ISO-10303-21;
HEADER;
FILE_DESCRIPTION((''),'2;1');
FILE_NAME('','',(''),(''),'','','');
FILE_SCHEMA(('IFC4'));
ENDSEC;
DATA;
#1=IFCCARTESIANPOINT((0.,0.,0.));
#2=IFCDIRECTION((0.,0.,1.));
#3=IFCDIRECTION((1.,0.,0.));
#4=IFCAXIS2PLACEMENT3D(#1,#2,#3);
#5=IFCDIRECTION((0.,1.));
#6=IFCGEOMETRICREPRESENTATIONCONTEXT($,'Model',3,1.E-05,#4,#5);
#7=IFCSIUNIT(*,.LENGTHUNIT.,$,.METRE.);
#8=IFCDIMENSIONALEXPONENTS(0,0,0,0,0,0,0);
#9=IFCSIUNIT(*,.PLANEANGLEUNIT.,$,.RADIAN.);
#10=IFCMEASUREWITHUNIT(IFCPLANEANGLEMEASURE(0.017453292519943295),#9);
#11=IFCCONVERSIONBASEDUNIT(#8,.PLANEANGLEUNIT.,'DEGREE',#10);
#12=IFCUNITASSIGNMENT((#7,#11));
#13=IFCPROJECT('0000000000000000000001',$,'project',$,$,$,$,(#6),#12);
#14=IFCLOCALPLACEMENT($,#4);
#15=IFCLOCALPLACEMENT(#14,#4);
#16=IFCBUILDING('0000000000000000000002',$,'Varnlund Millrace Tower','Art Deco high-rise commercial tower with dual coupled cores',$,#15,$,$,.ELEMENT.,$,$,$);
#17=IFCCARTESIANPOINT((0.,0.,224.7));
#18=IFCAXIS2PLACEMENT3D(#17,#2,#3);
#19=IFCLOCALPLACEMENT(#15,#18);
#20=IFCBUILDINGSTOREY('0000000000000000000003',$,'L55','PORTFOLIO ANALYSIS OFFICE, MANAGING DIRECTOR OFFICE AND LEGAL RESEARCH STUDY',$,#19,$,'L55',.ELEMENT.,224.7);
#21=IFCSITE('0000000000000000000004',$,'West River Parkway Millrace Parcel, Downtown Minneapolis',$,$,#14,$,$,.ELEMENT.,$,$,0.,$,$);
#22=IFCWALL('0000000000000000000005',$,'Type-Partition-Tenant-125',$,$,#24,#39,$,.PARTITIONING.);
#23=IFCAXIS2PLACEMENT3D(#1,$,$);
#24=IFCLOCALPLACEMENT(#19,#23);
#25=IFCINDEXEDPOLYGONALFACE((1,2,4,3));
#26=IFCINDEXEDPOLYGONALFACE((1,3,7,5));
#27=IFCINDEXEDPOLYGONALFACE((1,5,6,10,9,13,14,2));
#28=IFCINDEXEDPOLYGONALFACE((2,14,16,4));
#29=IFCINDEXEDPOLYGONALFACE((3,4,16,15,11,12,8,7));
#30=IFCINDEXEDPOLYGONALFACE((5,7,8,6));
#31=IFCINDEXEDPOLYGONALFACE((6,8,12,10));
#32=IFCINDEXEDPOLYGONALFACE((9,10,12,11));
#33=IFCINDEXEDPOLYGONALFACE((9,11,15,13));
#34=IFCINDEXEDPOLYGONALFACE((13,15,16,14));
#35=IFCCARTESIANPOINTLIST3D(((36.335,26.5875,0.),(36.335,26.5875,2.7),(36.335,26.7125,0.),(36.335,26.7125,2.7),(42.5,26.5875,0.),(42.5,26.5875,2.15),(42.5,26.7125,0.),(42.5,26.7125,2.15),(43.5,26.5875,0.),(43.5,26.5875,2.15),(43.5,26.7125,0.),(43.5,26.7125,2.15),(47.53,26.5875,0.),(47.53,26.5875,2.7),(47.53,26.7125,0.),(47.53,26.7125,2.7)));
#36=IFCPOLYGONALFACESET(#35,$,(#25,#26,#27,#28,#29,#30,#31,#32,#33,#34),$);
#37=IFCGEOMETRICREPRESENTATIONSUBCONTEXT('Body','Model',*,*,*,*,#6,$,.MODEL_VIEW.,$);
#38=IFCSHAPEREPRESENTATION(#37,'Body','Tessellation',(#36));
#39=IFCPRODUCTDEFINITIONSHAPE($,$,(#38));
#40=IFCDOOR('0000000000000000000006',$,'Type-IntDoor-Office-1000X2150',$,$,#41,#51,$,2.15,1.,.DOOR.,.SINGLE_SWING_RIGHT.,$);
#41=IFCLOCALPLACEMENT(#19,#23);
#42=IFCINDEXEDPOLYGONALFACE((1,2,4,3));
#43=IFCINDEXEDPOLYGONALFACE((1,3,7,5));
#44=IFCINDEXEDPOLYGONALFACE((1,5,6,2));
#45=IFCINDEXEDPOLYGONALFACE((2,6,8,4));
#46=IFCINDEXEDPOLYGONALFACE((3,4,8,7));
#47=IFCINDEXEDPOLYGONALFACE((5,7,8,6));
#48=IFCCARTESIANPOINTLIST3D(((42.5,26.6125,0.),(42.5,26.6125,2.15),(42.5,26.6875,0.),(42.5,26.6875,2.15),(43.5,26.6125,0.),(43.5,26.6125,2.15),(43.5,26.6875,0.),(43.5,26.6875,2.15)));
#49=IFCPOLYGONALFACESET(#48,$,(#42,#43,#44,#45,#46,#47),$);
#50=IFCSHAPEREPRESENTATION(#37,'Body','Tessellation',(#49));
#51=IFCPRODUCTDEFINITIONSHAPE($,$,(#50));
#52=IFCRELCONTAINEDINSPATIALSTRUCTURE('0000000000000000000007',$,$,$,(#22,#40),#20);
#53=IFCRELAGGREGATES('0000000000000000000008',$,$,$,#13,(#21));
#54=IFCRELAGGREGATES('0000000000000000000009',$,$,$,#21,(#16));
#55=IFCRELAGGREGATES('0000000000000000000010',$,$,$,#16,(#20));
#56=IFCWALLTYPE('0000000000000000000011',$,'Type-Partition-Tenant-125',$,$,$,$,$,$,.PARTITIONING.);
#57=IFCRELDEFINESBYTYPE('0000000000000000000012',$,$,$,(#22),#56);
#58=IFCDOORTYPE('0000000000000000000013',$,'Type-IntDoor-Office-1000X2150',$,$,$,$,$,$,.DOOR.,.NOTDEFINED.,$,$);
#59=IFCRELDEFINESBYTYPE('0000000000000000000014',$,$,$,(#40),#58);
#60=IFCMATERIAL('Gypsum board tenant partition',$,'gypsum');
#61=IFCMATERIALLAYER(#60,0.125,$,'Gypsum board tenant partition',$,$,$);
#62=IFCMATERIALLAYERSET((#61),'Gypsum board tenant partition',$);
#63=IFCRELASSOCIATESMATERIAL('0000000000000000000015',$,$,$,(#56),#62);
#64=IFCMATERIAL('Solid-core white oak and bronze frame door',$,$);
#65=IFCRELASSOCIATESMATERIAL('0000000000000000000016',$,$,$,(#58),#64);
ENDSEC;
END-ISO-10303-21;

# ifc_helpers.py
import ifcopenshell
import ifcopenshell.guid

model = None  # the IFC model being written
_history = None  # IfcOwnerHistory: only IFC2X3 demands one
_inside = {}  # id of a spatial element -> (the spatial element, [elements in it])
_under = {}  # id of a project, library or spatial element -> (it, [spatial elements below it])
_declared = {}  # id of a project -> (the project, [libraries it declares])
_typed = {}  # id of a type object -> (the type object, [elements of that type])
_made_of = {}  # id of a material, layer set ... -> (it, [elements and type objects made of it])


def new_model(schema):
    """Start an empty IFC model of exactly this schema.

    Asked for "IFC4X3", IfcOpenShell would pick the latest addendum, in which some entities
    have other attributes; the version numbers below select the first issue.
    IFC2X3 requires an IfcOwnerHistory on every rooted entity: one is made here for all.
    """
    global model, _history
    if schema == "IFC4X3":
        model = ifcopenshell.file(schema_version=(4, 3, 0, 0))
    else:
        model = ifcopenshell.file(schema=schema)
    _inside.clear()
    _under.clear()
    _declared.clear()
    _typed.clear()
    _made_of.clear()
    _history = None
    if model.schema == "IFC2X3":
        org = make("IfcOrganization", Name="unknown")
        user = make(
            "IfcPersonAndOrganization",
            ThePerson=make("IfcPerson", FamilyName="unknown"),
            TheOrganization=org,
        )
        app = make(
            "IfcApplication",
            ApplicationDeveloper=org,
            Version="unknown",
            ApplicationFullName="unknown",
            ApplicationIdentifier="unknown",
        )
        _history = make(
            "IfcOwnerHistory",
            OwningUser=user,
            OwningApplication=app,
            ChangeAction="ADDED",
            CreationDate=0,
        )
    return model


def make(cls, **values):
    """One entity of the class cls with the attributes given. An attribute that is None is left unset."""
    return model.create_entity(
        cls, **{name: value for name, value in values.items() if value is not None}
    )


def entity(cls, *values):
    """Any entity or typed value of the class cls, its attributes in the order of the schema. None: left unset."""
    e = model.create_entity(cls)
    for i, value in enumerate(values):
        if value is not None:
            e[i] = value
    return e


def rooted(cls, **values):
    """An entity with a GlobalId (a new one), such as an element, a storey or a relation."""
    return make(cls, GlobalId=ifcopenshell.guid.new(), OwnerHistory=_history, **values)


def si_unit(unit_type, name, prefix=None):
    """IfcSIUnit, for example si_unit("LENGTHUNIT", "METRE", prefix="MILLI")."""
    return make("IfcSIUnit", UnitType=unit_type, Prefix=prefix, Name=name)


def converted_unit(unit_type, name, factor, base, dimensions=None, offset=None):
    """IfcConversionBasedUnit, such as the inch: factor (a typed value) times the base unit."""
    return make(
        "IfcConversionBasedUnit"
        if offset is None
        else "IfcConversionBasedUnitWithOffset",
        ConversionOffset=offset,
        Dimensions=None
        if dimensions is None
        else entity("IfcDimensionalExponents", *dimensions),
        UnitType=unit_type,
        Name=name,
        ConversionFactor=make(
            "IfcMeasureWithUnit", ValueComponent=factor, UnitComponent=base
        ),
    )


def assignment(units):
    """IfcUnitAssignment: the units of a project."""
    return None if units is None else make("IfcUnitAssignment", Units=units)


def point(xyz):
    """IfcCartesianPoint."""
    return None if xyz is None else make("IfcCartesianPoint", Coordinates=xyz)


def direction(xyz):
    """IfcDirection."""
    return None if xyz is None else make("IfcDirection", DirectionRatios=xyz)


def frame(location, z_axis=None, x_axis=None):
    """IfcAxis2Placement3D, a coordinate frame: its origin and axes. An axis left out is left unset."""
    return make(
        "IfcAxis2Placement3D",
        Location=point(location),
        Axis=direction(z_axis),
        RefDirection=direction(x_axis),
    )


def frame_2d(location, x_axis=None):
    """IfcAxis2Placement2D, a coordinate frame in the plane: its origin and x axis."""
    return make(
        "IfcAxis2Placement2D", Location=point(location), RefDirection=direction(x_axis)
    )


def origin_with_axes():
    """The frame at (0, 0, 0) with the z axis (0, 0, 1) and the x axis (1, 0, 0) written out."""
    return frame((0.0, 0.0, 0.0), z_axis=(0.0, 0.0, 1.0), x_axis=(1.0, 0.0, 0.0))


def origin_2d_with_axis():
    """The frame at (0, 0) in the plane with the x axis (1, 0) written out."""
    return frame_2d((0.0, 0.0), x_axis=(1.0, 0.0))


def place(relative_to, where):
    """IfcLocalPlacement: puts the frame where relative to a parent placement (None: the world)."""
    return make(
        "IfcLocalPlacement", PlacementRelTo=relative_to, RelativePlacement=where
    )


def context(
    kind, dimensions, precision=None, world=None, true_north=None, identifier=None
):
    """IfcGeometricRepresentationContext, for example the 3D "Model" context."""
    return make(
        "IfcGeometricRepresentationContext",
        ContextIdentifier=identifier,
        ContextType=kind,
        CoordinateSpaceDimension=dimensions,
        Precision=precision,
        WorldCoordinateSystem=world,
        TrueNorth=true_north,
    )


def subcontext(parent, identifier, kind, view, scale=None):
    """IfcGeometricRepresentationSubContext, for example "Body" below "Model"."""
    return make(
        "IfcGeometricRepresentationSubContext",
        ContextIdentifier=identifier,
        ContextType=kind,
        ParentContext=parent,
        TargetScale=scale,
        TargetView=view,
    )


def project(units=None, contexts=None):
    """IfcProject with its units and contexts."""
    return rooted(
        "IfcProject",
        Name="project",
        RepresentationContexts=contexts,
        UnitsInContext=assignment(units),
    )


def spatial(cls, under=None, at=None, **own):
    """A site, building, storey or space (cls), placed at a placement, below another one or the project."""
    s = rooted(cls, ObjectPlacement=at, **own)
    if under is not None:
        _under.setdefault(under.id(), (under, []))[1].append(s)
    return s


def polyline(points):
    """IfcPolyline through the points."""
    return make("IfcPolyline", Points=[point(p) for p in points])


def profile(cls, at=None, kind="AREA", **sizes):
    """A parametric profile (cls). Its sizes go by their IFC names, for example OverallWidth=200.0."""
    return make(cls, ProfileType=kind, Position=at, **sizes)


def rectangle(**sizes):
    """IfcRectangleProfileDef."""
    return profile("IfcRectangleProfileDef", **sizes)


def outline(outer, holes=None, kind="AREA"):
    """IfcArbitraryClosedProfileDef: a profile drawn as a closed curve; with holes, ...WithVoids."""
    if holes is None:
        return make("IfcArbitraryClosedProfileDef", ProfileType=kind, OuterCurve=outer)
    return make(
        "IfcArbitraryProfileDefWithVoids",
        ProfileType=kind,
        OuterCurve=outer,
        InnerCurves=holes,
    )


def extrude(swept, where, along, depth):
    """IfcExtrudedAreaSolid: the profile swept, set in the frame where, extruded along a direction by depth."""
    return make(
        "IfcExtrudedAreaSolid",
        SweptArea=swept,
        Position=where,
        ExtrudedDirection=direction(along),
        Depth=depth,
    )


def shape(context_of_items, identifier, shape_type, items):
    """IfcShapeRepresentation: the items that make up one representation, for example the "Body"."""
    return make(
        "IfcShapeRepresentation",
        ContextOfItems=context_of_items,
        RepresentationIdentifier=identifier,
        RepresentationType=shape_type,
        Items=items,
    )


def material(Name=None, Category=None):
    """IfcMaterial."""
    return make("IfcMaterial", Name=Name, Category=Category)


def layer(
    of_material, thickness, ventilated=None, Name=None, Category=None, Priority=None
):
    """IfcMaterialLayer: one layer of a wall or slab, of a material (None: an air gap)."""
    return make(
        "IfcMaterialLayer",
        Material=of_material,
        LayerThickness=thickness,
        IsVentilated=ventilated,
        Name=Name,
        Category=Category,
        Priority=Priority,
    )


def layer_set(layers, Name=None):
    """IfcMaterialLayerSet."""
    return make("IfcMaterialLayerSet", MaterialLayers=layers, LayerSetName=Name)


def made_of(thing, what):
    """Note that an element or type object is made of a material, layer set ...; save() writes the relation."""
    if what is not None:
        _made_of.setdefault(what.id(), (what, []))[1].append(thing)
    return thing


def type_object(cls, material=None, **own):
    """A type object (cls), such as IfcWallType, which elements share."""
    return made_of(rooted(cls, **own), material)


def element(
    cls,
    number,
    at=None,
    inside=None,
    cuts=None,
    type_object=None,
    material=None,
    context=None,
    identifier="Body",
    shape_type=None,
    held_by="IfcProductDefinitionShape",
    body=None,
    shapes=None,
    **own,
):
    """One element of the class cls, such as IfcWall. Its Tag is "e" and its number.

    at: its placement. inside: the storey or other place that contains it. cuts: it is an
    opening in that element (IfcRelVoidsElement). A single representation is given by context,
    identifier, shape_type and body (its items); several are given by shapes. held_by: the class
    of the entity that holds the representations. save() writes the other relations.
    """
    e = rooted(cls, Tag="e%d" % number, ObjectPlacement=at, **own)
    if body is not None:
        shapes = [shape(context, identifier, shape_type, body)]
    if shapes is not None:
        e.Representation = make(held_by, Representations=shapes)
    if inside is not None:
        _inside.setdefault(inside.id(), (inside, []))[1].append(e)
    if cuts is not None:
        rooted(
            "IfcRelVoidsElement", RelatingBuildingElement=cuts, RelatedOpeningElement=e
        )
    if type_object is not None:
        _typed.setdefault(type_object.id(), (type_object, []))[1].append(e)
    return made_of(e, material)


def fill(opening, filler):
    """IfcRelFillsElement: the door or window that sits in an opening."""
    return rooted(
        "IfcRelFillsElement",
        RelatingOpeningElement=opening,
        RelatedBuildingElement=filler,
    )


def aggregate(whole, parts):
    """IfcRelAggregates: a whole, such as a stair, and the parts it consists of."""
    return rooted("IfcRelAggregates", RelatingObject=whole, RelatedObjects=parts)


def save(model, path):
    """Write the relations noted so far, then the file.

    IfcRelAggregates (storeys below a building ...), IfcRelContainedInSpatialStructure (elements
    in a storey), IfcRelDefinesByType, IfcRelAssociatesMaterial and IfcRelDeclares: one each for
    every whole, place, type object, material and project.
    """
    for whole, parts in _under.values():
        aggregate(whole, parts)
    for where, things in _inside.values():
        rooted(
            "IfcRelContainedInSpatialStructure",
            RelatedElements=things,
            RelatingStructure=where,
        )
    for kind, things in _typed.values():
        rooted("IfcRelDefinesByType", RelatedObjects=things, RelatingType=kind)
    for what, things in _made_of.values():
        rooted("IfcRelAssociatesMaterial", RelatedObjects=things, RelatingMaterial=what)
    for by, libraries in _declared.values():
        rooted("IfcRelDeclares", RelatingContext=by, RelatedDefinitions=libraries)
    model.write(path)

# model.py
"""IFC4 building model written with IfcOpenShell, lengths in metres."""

from ifc_helpers import new_model, entity, si_unit, converted_unit, direction, frame, origin_with_axes, origin_2d_with_axis, place, context, subcontext, project, spatial, polyline, rectangle, outline, extrude, material, layer, layer_set, type_object, element, fill, save


model = new_model("IFC4")

# Units and contexts
model_context = context("Model", 3, precision=1e-05, world=origin_with_axes(), true_north=direction((0.0, 1.0)))
body_context = subcontext(model_context, "Body", "Model", "MODEL_VIEW")
ifc_project = project(units=[si_unit("LENGTHUNIT", "METRE"), converted_unit("PLANEANGLEUNIT", "DEGREE", entity("IfcPlaneAngleMeasure", 0.017453292519943295), si_unit("PLANEANGLEUNIT", "RADIAN"), dimensions=[0, 0, 0, 0, 0, 0, 0])], contexts=[model_context])

# Site, building, storey
site_placement = place(None, origin_with_axes())
site = spatial("IfcSite", under=ifc_project, at=site_placement, Name="West River Parkway Millrace Parcel, Downtown Minneapolis", CompositionType="ELEMENT", RefElevation=0.0)
building_placement = place(site_placement, origin_with_axes())
building = spatial("IfcBuilding", under=site, at=building_placement, Name="Varnlund Millrace Tower", Description="Art Deco high-rise commercial tower with dual coupled cores", CompositionType="ELEMENT")
storey_placement = place(building_placement, frame((0.0, 0.0, 224.7), z_axis=(0.0, 0.0, 1.0), x_axis=(1.0, 0.0, 0.0)))
storey = spatial("IfcBuildingStorey", under=building, at=storey_placement, Name="L55", Description="PORTFOLIO ANALYSIS OFFICE, MANAGING DIRECTOR OFFICE AND LEGAL RESEARCH STUDY", LongName="L55", CompositionType="ELEMENT", Elevation=224.7)

# Wall, opening, door
ifc_material_1 = material(Name="Gypsum board tenant partition", Category="gypsum")
ifc_layer_1 = layer(ifc_material_1, 0.125, Name="Gypsum board tenant partition")
ifc_layer_set_1 = layer_set([ifc_layer_1], Name="Gypsum board tenant partition")
wall_type_1 = type_object("IfcWallType", Name="Type-Partition-Tenant-125", PredefinedType="PARTITIONING", material=ifc_layer_set_1)
wall_1_placement = place(storey_placement, frame((36.335, 26.65, 0.0), z_axis=(0.0, 0.0, 1.0), x_axis=(1.0, 0.0, 0.0)))
wall_1 = element("IfcWall", 1, at=wall_1_placement, inside=storey, type_object=wall_type_1, Name="Type-Partition-Tenant-125", PredefinedType="PARTITIONING", context=body_context, shape_type="SweptSolid", body=[
    extrude(outline(polyline([(0.0, -0.0625), (11.195, -0.0625), (11.195, 0.0625), (0.0, 0.0625), (0.0, -0.0625)])), origin_with_axes(), (0.0, 0.0, 1.0), 2.7),
])
opening_1_placement = place(wall_1_placement, frame((6.665, 0.0, 0.0), z_axis=(0.0, 0.0, 1.0), x_axis=(1.0, 0.0, 0.0)))
opening_1 = element("IfcOpeningElement", 2, at=opening_1_placement, cuts=wall_1, PredefinedType="OPENING", context=body_context, shape_type="SweptSolid", body=[
    extrude(rectangle(XDim=1.0, YDim=0.145, at=origin_2d_with_axis()), origin_with_axes(), (0.0, 0.0, 1.0), 2.15),
])
ifc_material_2 = material(Name="Solid-core white oak and bronze frame door")
door_type_1 = type_object("IfcDoorType", Name="Type-IntDoor-Office-1000X2150", OperationType="NOTDEFINED", PredefinedType="DOOR", material=ifc_material_2)
door_1_placement = place(wall_1_placement, frame((6.665, 0.0, 0.0), z_axis=(0.0, 0.0, 1.0), x_axis=(1.0, 0.0, 0.0)))
door_1 = element("IfcDoor", 3, at=door_1_placement, inside=storey, type_object=door_type_1, Name="Type-IntDoor-Office-1000X2150", OperationType="SINGLE_SWING_RIGHT", OverallHeight=2.15, OverallWidth=1.0, PredefinedType="DOOR", context=body_context, shape_type="SweptSolid", body=[
    extrude(rectangle(XDim=1.0, YDim=0.075, at=origin_2d_with_axis()), origin_with_axes(), (0.0, 0.0, 1.0), 2.15),
])
fill(opening_1, door_1)

save(model, "model.ifc")
